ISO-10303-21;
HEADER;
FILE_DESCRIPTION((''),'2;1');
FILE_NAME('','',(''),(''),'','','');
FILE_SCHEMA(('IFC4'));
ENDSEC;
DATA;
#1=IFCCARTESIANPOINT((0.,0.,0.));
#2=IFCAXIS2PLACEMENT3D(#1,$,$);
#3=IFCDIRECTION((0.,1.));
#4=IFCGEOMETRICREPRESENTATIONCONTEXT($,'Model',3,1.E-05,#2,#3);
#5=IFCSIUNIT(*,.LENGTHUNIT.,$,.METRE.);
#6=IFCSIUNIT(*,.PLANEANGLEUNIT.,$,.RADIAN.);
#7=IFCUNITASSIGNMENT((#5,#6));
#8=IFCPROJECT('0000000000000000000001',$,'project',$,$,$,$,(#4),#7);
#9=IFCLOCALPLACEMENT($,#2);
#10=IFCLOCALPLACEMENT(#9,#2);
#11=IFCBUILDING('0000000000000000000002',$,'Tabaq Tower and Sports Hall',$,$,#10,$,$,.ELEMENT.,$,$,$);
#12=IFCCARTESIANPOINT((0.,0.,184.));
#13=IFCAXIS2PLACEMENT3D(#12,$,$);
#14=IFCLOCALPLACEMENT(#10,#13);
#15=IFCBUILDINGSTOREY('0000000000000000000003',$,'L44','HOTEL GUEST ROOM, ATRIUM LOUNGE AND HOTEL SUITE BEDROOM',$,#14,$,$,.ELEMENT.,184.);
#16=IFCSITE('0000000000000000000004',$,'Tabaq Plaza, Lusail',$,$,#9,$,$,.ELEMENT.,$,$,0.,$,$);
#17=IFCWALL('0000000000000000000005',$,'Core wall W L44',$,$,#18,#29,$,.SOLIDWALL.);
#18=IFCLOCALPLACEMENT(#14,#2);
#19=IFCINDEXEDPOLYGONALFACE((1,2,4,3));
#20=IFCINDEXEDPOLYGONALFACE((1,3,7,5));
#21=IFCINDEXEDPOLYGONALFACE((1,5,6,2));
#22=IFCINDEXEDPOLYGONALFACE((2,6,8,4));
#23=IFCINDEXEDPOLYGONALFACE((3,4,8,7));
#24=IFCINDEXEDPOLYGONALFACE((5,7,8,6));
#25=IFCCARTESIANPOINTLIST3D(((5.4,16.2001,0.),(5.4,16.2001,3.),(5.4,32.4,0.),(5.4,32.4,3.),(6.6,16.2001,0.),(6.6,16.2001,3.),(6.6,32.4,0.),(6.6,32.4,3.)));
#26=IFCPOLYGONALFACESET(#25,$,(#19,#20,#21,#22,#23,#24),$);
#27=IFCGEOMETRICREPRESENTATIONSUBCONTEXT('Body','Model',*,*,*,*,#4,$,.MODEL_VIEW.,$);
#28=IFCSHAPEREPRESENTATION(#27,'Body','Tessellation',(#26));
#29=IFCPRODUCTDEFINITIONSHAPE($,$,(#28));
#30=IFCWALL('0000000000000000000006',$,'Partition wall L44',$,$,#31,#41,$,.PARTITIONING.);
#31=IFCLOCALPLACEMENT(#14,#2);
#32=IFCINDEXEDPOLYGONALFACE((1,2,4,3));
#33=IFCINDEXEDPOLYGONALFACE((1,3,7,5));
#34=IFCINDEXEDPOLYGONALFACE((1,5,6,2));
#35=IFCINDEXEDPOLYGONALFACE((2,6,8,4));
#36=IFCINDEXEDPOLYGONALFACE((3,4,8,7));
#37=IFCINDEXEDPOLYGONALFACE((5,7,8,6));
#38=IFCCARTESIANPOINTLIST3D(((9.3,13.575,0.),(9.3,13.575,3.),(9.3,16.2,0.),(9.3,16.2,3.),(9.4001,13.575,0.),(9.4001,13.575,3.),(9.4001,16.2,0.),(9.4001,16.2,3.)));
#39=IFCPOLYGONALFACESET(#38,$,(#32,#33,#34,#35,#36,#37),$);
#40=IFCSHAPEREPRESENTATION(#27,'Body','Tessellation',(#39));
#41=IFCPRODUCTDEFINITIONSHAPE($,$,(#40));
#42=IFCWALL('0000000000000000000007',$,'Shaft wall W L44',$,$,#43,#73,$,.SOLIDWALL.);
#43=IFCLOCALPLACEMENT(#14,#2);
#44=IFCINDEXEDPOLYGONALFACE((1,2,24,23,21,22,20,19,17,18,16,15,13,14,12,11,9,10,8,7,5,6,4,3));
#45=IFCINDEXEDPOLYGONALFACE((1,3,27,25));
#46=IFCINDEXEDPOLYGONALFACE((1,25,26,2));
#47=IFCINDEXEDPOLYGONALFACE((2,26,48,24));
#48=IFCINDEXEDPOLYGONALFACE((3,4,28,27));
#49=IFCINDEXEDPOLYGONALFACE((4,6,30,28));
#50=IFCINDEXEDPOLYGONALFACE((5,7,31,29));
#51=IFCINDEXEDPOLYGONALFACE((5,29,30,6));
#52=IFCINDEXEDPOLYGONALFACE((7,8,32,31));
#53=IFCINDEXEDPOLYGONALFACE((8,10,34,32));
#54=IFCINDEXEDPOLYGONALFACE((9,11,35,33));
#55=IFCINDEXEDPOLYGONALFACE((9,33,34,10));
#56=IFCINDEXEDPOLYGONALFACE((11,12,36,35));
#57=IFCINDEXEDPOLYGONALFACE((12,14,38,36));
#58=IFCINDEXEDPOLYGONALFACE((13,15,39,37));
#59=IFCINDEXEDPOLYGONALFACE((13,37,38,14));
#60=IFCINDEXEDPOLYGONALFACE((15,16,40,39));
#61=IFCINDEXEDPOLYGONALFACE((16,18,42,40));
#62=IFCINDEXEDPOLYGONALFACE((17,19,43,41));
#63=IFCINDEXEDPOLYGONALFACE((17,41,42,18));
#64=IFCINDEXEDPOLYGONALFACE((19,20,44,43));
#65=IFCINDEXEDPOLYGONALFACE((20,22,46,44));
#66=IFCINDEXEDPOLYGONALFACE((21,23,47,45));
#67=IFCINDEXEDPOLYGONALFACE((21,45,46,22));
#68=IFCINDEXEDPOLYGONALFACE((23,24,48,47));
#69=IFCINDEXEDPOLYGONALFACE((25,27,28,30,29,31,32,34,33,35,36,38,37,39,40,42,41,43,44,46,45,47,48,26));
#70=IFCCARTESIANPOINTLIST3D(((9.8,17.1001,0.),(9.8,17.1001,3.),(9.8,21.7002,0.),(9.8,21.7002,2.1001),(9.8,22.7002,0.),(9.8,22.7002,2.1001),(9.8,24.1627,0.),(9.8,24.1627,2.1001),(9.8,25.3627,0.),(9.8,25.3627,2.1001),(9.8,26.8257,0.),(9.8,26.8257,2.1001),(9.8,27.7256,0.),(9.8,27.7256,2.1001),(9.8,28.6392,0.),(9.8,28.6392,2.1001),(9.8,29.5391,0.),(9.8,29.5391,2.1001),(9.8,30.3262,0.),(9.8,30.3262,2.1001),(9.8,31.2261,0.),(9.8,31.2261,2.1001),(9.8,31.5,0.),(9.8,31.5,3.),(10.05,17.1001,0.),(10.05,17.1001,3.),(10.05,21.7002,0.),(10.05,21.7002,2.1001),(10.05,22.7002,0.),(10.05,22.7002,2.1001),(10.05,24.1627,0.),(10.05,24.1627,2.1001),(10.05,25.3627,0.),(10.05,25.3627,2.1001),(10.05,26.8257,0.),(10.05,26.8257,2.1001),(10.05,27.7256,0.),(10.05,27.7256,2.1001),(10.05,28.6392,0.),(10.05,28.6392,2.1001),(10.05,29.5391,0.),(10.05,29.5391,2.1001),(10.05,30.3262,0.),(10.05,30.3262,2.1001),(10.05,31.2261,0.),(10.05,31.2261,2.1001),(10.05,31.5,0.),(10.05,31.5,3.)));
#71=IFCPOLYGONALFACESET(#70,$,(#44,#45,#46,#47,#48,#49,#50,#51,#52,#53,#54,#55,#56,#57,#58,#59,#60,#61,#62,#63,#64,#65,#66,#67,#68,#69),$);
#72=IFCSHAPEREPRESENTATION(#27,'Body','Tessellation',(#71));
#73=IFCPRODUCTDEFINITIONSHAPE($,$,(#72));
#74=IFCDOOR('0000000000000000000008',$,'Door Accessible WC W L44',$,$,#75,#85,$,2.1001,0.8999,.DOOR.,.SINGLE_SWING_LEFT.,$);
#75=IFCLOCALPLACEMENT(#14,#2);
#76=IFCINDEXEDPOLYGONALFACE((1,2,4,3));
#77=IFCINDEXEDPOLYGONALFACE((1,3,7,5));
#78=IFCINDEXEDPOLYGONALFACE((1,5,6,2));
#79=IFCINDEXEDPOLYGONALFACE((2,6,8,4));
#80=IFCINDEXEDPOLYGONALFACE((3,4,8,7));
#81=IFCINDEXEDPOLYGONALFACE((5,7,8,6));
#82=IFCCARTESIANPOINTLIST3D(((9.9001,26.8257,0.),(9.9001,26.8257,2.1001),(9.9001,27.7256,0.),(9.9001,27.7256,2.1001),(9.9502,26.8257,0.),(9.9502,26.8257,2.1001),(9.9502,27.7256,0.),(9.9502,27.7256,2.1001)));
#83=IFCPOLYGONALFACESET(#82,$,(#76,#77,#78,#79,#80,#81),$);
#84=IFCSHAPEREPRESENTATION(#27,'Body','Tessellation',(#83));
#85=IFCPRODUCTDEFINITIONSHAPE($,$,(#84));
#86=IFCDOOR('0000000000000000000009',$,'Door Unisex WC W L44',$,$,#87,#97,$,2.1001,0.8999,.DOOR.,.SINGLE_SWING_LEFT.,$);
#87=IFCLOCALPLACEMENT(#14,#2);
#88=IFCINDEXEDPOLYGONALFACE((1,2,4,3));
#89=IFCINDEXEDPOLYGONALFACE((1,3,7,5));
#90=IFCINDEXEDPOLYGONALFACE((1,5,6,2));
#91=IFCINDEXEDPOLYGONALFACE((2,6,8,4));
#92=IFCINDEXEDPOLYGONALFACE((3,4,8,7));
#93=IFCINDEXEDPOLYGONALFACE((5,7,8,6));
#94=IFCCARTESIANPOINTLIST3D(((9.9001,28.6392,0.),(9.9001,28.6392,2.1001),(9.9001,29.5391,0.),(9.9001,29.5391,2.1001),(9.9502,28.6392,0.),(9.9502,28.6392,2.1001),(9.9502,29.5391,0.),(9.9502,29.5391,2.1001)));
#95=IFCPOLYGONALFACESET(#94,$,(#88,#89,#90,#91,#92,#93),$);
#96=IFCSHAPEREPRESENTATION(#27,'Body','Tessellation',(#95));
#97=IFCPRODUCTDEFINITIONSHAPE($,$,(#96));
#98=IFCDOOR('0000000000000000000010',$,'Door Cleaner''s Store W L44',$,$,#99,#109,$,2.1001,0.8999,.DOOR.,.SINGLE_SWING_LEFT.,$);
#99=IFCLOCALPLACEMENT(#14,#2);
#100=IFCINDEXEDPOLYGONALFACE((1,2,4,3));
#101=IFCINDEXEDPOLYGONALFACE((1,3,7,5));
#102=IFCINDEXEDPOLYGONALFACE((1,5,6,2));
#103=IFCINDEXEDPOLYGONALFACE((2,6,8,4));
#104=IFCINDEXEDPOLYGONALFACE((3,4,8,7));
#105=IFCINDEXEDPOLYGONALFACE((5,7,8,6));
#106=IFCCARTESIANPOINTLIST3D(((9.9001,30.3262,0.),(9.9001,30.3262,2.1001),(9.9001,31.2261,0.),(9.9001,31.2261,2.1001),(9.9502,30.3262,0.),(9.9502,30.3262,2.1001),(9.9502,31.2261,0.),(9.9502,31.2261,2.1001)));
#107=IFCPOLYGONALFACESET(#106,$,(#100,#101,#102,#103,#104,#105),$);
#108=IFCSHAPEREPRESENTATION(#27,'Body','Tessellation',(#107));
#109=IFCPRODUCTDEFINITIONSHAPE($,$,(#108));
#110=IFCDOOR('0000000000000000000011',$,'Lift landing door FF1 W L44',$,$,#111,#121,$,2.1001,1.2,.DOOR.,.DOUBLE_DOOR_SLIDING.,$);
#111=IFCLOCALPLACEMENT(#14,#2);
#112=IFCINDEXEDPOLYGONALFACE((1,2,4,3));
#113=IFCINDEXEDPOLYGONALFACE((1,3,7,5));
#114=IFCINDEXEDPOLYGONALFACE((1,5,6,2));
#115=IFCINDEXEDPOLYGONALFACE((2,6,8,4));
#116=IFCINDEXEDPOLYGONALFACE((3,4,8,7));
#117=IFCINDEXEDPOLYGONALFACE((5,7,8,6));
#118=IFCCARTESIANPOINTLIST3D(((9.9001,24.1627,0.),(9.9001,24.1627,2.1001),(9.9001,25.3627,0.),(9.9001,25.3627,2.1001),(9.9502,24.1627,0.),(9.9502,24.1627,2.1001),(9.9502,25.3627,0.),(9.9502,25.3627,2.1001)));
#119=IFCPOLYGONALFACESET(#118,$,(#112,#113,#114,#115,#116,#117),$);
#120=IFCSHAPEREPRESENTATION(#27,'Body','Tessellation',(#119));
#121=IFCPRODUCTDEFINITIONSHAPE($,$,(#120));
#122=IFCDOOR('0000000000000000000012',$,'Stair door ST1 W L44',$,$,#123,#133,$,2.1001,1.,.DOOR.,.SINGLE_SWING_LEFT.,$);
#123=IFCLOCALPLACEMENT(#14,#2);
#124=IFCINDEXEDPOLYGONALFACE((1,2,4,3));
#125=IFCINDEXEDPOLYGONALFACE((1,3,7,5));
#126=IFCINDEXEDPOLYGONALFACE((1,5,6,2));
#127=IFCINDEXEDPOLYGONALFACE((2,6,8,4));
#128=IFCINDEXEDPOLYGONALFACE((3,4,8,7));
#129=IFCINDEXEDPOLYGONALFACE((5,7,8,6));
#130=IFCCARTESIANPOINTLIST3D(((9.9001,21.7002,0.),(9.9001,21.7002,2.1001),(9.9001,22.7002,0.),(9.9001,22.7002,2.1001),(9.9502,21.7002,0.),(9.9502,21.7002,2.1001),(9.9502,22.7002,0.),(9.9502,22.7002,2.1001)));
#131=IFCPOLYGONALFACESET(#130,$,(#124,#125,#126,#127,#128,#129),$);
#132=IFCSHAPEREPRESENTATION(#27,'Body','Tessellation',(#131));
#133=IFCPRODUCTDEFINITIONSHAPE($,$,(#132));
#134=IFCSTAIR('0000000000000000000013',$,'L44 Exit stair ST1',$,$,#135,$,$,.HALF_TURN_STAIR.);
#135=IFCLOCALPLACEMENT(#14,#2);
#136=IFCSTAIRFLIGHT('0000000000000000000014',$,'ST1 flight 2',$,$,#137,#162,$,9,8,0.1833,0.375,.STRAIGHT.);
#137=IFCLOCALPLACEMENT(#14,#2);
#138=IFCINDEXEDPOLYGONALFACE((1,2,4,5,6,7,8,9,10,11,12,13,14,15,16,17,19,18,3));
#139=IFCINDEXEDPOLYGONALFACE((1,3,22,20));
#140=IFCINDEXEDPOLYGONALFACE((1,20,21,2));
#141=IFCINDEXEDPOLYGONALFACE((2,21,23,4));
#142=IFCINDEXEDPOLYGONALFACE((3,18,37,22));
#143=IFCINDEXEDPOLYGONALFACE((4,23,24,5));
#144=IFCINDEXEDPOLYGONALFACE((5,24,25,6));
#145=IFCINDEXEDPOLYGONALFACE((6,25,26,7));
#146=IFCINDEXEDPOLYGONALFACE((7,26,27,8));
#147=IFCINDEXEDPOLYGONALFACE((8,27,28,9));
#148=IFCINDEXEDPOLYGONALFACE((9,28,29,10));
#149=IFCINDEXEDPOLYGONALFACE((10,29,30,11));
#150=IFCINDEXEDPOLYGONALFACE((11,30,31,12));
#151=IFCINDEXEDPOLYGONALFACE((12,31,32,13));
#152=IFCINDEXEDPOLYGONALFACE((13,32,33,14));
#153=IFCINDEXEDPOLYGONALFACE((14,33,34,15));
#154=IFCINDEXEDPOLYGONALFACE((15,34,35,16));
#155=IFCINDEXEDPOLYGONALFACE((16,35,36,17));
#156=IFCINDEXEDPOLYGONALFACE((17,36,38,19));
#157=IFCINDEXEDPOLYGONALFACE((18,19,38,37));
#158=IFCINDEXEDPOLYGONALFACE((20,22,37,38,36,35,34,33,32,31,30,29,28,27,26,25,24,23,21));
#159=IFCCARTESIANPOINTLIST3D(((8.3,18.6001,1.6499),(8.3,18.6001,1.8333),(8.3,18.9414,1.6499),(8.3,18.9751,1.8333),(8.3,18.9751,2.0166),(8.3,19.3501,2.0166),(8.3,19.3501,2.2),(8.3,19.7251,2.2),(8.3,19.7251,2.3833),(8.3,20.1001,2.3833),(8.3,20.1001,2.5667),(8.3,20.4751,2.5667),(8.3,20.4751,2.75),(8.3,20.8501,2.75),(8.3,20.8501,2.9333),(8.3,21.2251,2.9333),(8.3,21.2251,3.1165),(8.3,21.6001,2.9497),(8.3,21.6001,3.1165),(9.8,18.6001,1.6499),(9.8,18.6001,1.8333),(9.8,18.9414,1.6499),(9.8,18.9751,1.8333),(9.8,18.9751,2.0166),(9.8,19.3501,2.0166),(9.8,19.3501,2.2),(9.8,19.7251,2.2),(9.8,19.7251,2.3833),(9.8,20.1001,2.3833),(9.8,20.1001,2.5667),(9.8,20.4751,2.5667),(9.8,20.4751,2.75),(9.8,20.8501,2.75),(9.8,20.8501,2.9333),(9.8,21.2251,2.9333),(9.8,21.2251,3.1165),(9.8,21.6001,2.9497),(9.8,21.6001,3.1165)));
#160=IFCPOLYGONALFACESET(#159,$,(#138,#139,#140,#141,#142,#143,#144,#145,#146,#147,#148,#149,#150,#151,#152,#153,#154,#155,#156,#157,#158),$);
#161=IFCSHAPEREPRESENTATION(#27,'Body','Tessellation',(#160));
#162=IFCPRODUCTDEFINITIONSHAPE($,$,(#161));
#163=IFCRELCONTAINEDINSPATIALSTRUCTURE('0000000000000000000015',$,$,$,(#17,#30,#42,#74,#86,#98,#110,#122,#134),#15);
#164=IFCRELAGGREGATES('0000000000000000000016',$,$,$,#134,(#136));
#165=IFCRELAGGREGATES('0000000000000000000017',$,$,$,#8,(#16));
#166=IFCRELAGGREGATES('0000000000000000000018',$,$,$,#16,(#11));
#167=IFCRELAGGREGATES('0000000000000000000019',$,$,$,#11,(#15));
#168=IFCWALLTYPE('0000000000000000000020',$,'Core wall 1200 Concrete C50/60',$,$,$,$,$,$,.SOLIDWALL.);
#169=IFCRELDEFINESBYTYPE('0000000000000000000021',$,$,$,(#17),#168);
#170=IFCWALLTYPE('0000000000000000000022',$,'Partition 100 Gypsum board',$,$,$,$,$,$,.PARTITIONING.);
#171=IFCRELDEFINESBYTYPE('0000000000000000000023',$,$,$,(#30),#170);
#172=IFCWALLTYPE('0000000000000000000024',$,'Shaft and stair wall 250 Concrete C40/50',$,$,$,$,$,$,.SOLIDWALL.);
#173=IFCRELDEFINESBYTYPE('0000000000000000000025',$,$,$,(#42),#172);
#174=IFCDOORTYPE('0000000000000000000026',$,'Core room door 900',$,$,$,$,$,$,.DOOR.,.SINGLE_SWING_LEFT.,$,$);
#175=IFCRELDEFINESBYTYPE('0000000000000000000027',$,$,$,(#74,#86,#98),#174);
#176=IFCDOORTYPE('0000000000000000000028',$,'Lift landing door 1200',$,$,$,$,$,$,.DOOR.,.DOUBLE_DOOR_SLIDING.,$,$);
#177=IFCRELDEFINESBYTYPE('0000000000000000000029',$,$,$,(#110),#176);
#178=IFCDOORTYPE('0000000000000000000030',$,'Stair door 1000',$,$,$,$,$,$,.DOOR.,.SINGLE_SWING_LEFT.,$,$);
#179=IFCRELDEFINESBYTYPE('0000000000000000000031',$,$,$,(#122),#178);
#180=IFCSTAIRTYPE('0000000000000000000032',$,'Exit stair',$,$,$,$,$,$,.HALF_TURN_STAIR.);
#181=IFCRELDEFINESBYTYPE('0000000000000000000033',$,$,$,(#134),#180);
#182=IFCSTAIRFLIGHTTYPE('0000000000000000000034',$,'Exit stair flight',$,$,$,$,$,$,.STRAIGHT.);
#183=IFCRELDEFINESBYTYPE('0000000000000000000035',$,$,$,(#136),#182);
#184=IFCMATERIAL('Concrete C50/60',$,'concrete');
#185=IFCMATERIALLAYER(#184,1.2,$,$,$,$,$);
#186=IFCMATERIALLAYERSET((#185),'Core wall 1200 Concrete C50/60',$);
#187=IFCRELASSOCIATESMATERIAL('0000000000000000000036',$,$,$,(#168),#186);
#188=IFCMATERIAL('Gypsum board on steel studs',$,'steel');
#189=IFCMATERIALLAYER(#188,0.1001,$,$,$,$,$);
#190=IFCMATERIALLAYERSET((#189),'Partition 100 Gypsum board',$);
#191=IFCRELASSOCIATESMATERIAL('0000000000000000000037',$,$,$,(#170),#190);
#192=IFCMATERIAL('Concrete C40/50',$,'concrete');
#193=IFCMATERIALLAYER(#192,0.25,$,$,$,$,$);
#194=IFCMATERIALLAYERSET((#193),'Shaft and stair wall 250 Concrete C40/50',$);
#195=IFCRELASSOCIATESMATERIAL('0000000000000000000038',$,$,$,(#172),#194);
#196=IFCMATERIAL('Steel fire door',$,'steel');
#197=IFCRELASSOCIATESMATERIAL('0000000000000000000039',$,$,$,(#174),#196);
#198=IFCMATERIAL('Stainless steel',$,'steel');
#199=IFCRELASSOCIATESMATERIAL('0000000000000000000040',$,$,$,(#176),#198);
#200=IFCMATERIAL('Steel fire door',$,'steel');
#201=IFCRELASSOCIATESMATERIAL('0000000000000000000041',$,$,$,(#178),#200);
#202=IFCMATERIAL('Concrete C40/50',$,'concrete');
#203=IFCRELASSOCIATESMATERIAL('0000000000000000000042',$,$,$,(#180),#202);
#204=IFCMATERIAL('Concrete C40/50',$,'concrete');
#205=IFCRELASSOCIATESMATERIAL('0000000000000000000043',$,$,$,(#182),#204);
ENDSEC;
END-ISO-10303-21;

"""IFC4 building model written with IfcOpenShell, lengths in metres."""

from ifc_helpers import new_model, si_unit, direction, frame, frame_2d, origin, place, context, subcontext, project, spatial, polyline, rectangle, outline, extrude, material, layer, layer_set, type_object, element, fill, aggregate, save


model = new_model("IFC4")

# Units and contexts
model_context = context("Model", 3, precision=1e-05, world=origin(), true_north=direction((0.0, 1.0)))
body_context = subcontext(model_context, "Body", "Model", "MODEL_VIEW")
ifc_project = project(units=[si_unit("LENGTHUNIT", "METRE"), si_unit("PLANEANGLEUNIT", "RADIAN")], contexts=[model_context])

# Site, building, storey
site_placement = place(None, origin())
site = spatial("IfcSite", under=ifc_project, at=site_placement, Name="Tabaq Plaza, Lusail", CompositionType="ELEMENT", RefElevation=0.0)
building_placement = place(site_placement, origin())
building = spatial("IfcBuilding", under=site, at=building_placement, Name="Tabaq Tower and Sports Hall", CompositionType="ELEMENT")
storey_placement = place(building_placement, frame((0.0, 0.0, 184.0)))
storey = spatial("IfcBuildingStorey", under=building, at=storey_placement, Name="L44", Description="HOTEL GUEST ROOM, ATRIUM LOUNGE AND HOTEL SUITE BEDROOM", CompositionType="ELEMENT", Elevation=184.0)

# Walls
ifc_material_1 = material(Name="Concrete C50/60", Category="concrete")
ifc_layer_1 = layer(ifc_material_1, 1.2)
ifc_layer_set_1 = layer_set([ifc_layer_1], Name="Core wall 1200 Concrete C50/60")
wall_type_1 = type_object("IfcWallType", Name="Core wall 1200 Concrete C50/60", PredefinedType="SOLIDWALL", material=ifc_layer_set_1)
wall_1_placement = place(storey_placement, frame((6.0, 16.2, 0.0), z_axis=(0.0, 0.0, 1.0), x_axis=(0.0, 1.0, 0.0)))
element("IfcWall", 1, at=wall_1_placement, inside=storey, type_object=wall_type_1, Name="Core wall W L44", PredefinedType="SOLIDWALL", context=body_context, shape_type="SweptSolid", body=[
    extrude(rectangle(XDim=16.2, YDim=1.2, at=frame_2d((8.1001, 0.0))), origin(), (0.0, 0.0, 1.0), 3.0),
])
ifc_material_2 = material(Name="Gypsum board on steel studs", Category="steel")
ifc_layer_2 = layer(ifc_material_2, 0.1001)
ifc_layer_set_2 = layer_set([ifc_layer_2], Name="Partition 100 Gypsum board")
wall_type_2 = type_object("IfcWallType", Name="Partition 100 Gypsum board", PredefinedType="PARTITIONING", material=ifc_layer_set_2)
wall_2_placement = place(storey_placement, frame((9.3501, 16.2, 0.0), z_axis=(0.0, 0.0, 1.0), x_axis=(0.0, -1.0, 0.0)))
element("IfcWall", 2, at=wall_2_placement, inside=storey, type_object=wall_type_2, Name="Partition wall L44", PredefinedType="PARTITIONING", context=body_context, shape_type="SweptSolid", body=[
    extrude(rectangle(XDim=2.625, YDim=0.1001, at=frame_2d((1.3125, 0.0))), origin(), (0.0, 0.0, 1.0), 3.0),
])

# Wall, openings, doors
ifc_material_3 = material(Name="Concrete C40/50", Category="concrete")
ifc_layer_3 = layer(ifc_material_3, 0.25)
ifc_layer_set_3 = layer_set([ifc_layer_3], Name="Shaft and stair wall 250 Concrete C40/50")
wall_type_3 = type_object("IfcWallType", Name="Shaft and stair wall 250 Concrete C40/50", PredefinedType="SOLIDWALL", material=ifc_layer_set_3)
wall_3_placement = place(storey_placement, frame((9.925, 17.1001, 0.0), z_axis=(0.0, 0.0, 1.0), x_axis=(0.0, 1.0, 0.0)))
wall_3 = element("IfcWall", 3, at=wall_3_placement, inside=storey, type_object=wall_type_3, Name="Shaft wall W L44", PredefinedType="SOLIDWALL", context=body_context, shape_type="SweptSolid", body=[
    extrude(rectangle(XDim=14.3999, YDim=0.25, at=frame_2d((7.2, 0.0))), origin(), (0.0, 0.0, 1.0), 3.0),
])
opening_1_placement = place(wall_3_placement, frame((4.6001, 0.0, 0.0)))
opening_1 = element("IfcOpeningElement", 4, at=opening_1_placement, cuts=wall_3, PredefinedType="OPENING", context=body_context, shape_type="SweptSolid", body=[
    extrude(rectangle(XDim=1.0, YDim=2.1001, at=frame_2d((0.5, 1.05))), frame((0.0, 0.125, 0.0), z_axis=(0.0, -1.0, 0.0), x_axis=(1.0, 0.0, 0.0)), (0.0, 0.0, 1.0), 0.25),
])
opening_2_placement = place(wall_3_placement, frame((7.0625, 0.0, 0.0)))
opening_2 = element("IfcOpeningElement", 5, at=opening_2_placement, cuts=wall_3, PredefinedType="OPENING", context=body_context, shape_type="SweptSolid", body=[
    extrude(rectangle(XDim=1.2, YDim=2.1001, at=frame_2d((0.6001, 1.05))), frame((0.0, 0.125, 0.0), z_axis=(0.0, -1.0, 0.0), x_axis=(1.0, 0.0, 0.0)), (0.0, 0.0, 1.0), 0.25),
])
opening_3_placement = place(wall_3_placement, frame((9.7256, 0.0, 0.0)))
opening_3 = element("IfcOpeningElement", 6, at=opening_3_placement, cuts=wall_3, PredefinedType="OPENING", context=body_context, shape_type="SweptSolid", body=[
    extrude(rectangle(XDim=0.8999, YDim=2.1001, at=frame_2d((0.45, 1.05))), frame((0.0, 0.125, 0.0), z_axis=(0.0, -1.0, 0.0), x_axis=(1.0, 0.0, 0.0)), (0.0, 0.0, 1.0), 0.25),
])
opening_4_placement = place(wall_3_placement, frame((11.5391, 0.0, 0.0)))
opening_4 = element("IfcOpeningElement", 7, at=opening_4_placement, cuts=wall_3, PredefinedType="OPENING", context=body_context, shape_type="SweptSolid", body=[
    extrude(rectangle(XDim=0.8999, YDim=2.1001, at=frame_2d((0.45, 1.05))), frame((0.0, 0.125, 0.0), z_axis=(0.0, -1.0, 0.0), x_axis=(1.0, 0.0, 0.0)), (0.0, 0.0, 1.0), 0.25),
])
opening_5_placement = place(wall_3_placement, frame((13.2261, 0.0, 0.0)))
opening_5 = element("IfcOpeningElement", 8, at=opening_5_placement, cuts=wall_3, PredefinedType="OPENING", context=body_context, shape_type="SweptSolid", body=[
    extrude(rectangle(XDim=0.8999, YDim=2.1001, at=frame_2d((0.45, 1.05))), frame((0.0, 0.125, 0.0), z_axis=(0.0, -1.0, 0.0), x_axis=(1.0, 0.0, 0.0)), (0.0, 0.0, 1.0), 0.25),
])
ifc_material_4 = material(Name="Steel fire door", Category="steel")
door_type_1 = type_object("IfcDoorType", Name="Core room door 900", OperationType="SINGLE_SWING_LEFT", PredefinedType="DOOR", material=ifc_material_4)
door_1_placement = place(opening_3_placement, origin())
door_1 = element("IfcDoor", 9, at=door_1_placement, inside=storey, type_object=door_type_1, Name="Door Accessible WC W L44", OperationType="SINGLE_SWING_LEFT", OverallHeight=2.1001, OverallWidth=0.8999, PredefinedType="DOOR", context=body_context, shape_type="SweptSolid", body=[
    extrude(rectangle(XDim=0.8999, YDim=2.1001, at=frame_2d((0.45, 1.05))), frame((0.0, 0.0249, 0.0), z_axis=(0.0, -1.0, 0.0), x_axis=(1.0, 0.0, 0.0)), (0.0, 0.0, 1.0), 0.05),
])
fill(opening_3, door_1)
door_2_placement = place(opening_4_placement, origin())
door_2 = element("IfcDoor", 10, at=door_2_placement, inside=storey, type_object=door_type_1, Name="Door Unisex WC W L44", OperationType="SINGLE_SWING_LEFT", OverallHeight=2.1001, OverallWidth=0.8999, PredefinedType="DOOR", context=body_context, shape_type="SweptSolid", body=[
    extrude(rectangle(XDim=0.8999, YDim=2.1001, at=frame_2d((0.45, 1.05))), frame((0.0, 0.0249, 0.0), z_axis=(0.0, -1.0, 0.0), x_axis=(1.0, 0.0, 0.0)), (0.0, 0.0, 1.0), 0.05),
])
fill(opening_4, door_2)
door_3_placement = place(opening_5_placement, origin())
door_3 = element("IfcDoor", 11, at=door_3_placement, inside=storey, type_object=door_type_1, Name="Door Cleaner's Store W L44", OperationType="SINGLE_SWING_LEFT", OverallHeight=2.1001, OverallWidth=0.8999, PredefinedType="DOOR", context=body_context, shape_type="SweptSolid", body=[
    extrude(rectangle(XDim=0.8999, YDim=2.1001, at=frame_2d((0.45, 1.05))), frame((0.0, 0.0249, 0.0), z_axis=(0.0, -1.0, 0.0), x_axis=(1.0, 0.0, 0.0)), (0.0, 0.0, 1.0), 0.05),
])
fill(opening_5, door_3)
ifc_material_5 = material(Name="Stainless steel", Category="steel")
door_type_2 = type_object("IfcDoorType", Name="Lift landing door 1200", OperationType="DOUBLE_DOOR_SLIDING", PredefinedType="DOOR", material=ifc_material_5)
door_4_placement = place(opening_2_placement, origin())
door_4 = element("IfcDoor", 12, at=door_4_placement, inside=storey, type_object=door_type_2, Name="Lift landing door FF1 W L44", OperationType="DOUBLE_DOOR_SLIDING", OverallHeight=2.1001, OverallWidth=1.2, PredefinedType="DOOR", context=body_context, shape_type="SweptSolid", body=[
    extrude(rectangle(XDim=1.2, YDim=2.1001, at=frame_2d((0.6001, 1.05))), frame((0.0, 0.0249, 0.0), z_axis=(0.0, -1.0, 0.0), x_axis=(1.0, 0.0, 0.0)), (0.0, 0.0, 1.0), 0.05),
])
fill(opening_2, door_4)
ifc_material_6 = material(Name="Steel fire door", Category="steel")
door_type_3 = type_object("IfcDoorType", Name="Stair door 1000", OperationType="SINGLE_SWING_LEFT", PredefinedType="DOOR", material=ifc_material_6)
door_5_placement = place(opening_1_placement, origin())
door_5 = element("IfcDoor", 13, at=door_5_placement, inside=storey, type_object=door_type_3, Name="Stair door ST1 W L44", OperationType="SINGLE_SWING_LEFT", OverallHeight=2.1001, OverallWidth=1.0, PredefinedType="DOOR", context=body_context, shape_type="SweptSolid", body=[
    extrude(rectangle(XDim=1.0, YDim=2.1001, at=frame_2d((0.5, 1.05))), frame((0.0, 0.0249, 0.0), z_axis=(0.0, -1.0, 0.0), x_axis=(1.0, 0.0, 0.0)), (0.0, 0.0, 1.0), 0.05),
])
fill(opening_1, door_5)

# Stair, stair flight
ifc_material_7 = material(Name="Concrete C40/50", Category="concrete")
stair_type = type_object("IfcStairType", Name="Exit stair", PredefinedType="HALF_TURN_STAIR", material=ifc_material_7)
stair_placement = place(storey_placement, origin())
stair = element("IfcStair", 14, at=stair_placement, inside=storey, type_object=stair_type, Name="L44 Exit stair ST1", PredefinedType="HALF_TURN_STAIR")
ifc_material_8 = material(Name="Concrete C40/50", Category="concrete")
stair_flight_type = type_object("IfcStairFlightType", Name="Exit stair flight", PredefinedType="STRAIGHT", material=ifc_material_8)
stair_flight_placement = place(storey_placement, frame((9.05, 18.6001, 1.6499), z_axis=(0.0, 0.0, 1.0), x_axis=(0.0, 1.0, 0.0)))
stair_flight = element("IfcStairFlight", 15, at=stair_flight_placement, type_object=stair_flight_type, Name="ST1 flight 2", NumberOfRisers=9, NumberOfTreads=8, PredefinedType="STRAIGHT", RiserHeight=0.1833, TreadLength=0.375, context=body_context, shape_type="SweptSolid", body=[
    extrude(outline(polyline([(0.0, 0.0), (0.0, 0.1833), (0.375, 0.1833), (0.375, 0.3667), (0.75, 0.3667), (0.75, 0.55), (1.125, 0.55), (1.125, 0.7334), (1.5, 0.7334), (1.5, 0.9167), (1.875, 0.9167), (1.875, 1.1001), (2.25, 1.1001), (2.25, 1.2834), (2.625, 1.2834), (2.625, 1.4666), (3.0, 1.4666), (3.0, 1.6499), (3.0, 1.2998), (0.3413, 0.0), (0.0, 0.0)])), frame((0.0, 0.75, 0.0), z_axis=(0.0, -1.0, 0.0), x_axis=(1.0, 0.0, 0.0)), (0.0, 0.0, 1.0), 1.5),
])
aggregate(stair, [stair_flight])

save(model, "model.ifc")
